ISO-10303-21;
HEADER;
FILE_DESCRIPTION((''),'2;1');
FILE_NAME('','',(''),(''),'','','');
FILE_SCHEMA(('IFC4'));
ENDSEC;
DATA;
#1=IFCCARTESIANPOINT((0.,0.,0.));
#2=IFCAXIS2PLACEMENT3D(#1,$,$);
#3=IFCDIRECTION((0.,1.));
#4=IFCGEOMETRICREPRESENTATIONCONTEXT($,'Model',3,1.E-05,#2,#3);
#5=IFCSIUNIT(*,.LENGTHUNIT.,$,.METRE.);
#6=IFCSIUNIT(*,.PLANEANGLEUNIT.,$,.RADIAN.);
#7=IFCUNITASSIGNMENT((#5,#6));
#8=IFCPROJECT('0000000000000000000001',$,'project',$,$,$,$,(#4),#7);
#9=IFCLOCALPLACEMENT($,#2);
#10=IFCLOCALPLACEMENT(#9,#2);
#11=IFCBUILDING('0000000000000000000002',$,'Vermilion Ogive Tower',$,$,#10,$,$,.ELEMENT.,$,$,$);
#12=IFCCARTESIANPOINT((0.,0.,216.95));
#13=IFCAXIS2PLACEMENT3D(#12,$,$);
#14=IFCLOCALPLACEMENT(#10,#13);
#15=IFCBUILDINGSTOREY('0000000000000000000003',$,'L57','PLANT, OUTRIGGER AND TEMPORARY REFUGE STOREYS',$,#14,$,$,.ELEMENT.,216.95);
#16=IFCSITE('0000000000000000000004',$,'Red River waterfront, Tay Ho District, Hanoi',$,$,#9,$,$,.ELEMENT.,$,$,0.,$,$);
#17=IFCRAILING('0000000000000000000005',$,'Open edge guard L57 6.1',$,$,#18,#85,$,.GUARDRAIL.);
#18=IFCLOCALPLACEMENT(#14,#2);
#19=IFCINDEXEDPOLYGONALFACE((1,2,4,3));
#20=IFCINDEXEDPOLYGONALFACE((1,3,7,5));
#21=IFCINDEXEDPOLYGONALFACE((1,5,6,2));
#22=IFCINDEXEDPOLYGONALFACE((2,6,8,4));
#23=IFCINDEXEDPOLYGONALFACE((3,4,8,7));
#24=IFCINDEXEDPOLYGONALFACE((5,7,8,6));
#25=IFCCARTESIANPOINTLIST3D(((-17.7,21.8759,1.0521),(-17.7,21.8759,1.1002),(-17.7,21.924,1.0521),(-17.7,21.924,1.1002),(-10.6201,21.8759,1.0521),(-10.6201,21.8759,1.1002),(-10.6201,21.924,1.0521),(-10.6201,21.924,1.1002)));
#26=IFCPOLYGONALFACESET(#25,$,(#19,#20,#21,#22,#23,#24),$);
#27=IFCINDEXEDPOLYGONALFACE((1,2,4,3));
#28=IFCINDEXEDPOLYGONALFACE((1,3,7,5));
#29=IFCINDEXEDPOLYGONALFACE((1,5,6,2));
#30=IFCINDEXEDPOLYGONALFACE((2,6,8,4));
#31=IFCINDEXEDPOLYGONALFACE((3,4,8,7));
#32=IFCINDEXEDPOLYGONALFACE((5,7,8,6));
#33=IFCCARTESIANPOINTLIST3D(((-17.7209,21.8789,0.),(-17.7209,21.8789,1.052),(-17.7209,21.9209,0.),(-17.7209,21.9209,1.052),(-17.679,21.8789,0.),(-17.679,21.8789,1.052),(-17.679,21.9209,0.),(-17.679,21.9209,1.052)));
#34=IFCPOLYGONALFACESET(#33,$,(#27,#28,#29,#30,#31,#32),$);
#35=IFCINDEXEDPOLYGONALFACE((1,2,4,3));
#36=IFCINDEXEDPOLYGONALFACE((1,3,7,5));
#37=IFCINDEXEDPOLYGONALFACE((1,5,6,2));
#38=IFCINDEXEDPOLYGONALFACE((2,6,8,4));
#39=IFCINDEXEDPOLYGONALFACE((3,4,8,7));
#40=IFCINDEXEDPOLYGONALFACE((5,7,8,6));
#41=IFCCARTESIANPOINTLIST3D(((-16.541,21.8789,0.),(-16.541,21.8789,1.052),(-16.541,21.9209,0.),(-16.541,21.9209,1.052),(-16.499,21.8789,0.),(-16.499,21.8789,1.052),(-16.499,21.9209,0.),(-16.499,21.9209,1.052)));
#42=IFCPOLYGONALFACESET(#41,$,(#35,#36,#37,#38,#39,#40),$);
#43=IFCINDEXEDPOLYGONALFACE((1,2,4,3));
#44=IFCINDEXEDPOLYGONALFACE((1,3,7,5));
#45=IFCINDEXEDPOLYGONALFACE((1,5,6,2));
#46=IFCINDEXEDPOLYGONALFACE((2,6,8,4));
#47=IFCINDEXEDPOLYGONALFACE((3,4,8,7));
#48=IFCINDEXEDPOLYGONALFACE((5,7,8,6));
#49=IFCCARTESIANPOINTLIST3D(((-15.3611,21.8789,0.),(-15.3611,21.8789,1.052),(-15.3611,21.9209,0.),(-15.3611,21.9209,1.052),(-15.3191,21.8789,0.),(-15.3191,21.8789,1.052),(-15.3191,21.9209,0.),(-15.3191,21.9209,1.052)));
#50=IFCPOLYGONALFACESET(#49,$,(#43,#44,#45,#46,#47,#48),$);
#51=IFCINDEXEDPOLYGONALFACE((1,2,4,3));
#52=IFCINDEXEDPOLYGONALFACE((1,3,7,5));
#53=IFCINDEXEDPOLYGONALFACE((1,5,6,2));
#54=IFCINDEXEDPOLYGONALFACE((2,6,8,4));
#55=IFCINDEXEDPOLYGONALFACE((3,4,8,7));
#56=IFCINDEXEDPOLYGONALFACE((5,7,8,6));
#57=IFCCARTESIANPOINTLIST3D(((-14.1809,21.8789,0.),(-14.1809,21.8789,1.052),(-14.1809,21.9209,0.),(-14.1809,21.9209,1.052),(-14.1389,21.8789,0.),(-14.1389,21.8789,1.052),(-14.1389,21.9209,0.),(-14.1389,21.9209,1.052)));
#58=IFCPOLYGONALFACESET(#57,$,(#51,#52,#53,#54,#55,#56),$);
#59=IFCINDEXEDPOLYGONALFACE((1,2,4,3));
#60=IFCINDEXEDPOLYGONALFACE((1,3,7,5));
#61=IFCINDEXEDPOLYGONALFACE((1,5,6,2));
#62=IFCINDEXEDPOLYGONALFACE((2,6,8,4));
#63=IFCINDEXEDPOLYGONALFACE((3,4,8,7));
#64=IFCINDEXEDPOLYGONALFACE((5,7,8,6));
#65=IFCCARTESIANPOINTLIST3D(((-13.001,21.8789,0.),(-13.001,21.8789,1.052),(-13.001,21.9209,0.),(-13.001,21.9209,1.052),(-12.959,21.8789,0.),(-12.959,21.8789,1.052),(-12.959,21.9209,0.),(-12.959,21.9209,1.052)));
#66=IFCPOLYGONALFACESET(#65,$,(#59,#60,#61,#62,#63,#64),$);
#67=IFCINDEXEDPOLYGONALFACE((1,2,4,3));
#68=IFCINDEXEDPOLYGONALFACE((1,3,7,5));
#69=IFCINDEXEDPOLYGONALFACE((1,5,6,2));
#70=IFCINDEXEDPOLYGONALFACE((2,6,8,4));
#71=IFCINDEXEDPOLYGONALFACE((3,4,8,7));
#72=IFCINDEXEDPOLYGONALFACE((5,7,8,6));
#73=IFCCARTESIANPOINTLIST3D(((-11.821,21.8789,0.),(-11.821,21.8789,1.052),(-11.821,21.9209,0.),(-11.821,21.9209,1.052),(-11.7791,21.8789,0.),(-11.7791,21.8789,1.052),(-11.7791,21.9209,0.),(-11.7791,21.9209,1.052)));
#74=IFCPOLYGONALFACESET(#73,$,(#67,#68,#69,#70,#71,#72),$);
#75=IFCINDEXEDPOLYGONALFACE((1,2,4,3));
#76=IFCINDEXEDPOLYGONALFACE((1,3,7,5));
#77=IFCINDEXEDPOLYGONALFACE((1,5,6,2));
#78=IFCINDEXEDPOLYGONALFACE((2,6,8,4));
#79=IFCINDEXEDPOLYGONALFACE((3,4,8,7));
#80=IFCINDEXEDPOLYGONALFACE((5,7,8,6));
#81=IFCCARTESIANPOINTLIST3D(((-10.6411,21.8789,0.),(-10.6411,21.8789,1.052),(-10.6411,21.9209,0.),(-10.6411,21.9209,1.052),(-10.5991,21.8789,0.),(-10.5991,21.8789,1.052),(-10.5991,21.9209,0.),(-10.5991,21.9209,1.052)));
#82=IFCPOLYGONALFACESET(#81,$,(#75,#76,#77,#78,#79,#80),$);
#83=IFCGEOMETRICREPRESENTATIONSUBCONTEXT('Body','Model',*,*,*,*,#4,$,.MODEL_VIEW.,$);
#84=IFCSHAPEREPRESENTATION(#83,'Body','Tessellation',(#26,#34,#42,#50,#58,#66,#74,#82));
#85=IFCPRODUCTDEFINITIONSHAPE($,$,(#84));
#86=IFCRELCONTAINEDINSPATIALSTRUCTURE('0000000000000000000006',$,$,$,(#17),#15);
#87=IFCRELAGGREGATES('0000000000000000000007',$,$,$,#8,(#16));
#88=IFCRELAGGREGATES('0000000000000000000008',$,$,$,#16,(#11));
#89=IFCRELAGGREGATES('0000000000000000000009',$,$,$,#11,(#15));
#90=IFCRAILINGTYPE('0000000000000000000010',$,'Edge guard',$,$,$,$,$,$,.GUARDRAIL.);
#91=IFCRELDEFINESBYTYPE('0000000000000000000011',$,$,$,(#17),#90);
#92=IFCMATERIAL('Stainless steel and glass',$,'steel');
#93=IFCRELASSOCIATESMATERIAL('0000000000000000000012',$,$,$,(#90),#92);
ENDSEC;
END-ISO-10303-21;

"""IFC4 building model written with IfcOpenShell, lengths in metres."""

from ifc_helpers import new_model, si_unit, direction, frame, origin, origin_2d, place, context, subcontext, project, spatial, rectangle, extrude, material, type_object, element, save


model = new_model("IFC4")

# Units and contexts
model_context = context("Model", 3, precision=1e-05, world=origin(), true_north=direction((0.0, 1.0)))
body_context = subcontext(model_context, "Body", "Model", "MODEL_VIEW")
ifc_project = project(units=[si_unit("LENGTHUNIT", "METRE"), si_unit("PLANEANGLEUNIT", "RADIAN")], contexts=[model_context])

# Site, building, storey
site_placement = place(None, origin())
site = spatial("IfcSite", under=ifc_project, at=site_placement, Name="Red River waterfront, Tay Ho District, Hanoi", CompositionType="ELEMENT", RefElevation=0.0)
building_placement = place(site_placement, origin())
building = spatial("IfcBuilding", under=site, at=building_placement, Name="Vermilion Ogive Tower", CompositionType="ELEMENT")
storey_placement = place(building_placement, frame((0.0, 0.0, 216.95)))
storey = spatial("IfcBuildingStorey", under=building, at=storey_placement, Name="L57", Description="PLANT, OUTRIGGER AND TEMPORARY REFUGE STOREYS", CompositionType="ELEMENT", Elevation=216.95)

# Railing
ifc_material_1 = material(Name="Stainless steel and glass", Category="steel")
railing_type = type_object("IfcRailingType", Name="Edge guard", PredefinedType="GUARDRAIL", material=ifc_material_1)
railing_1_placement = place(storey_placement, frame((-17.7, 21.8999, 0.0)))
element("IfcRailing", 1, at=railing_1_placement, inside=storey, type_object=railing_type, Name="Open edge guard L57 6.1", PredefinedType="GUARDRAIL", context=body_context, shape_type="SweptSolid", body=[
    extrude(rectangle(XDim=0.0481, YDim=0.0481, at=origin_2d()), frame((0.0, 0.0, 1.0762), z_axis=(1.0, 0.0, 0.0), x_axis=(0.0, 1.0, 0.0)), (0.0, 0.0, 1.0), 7.0798),
    extrude(rectangle(XDim=0.042, YDim=0.042, at=origin_2d()), origin(), (0.0, 0.0, 1.0), 1.052),
    extrude(rectangle(XDim=0.042, YDim=0.042, at=origin_2d()), frame((1.1799, 0.0, 0.0)), (0.0, 0.0, 1.0), 1.052),
    extrude(rectangle(XDim=0.042, YDim=0.042, at=origin_2d()), frame((2.3599, 0.0, 0.0)), (0.0, 0.0, 1.0), 1.052),
    extrude(rectangle(XDim=0.042, YDim=0.042, at=origin_2d()), frame((3.54, 0.0, 0.0)), (0.0, 0.0, 1.0), 1.052),
    extrude(rectangle(XDim=0.042, YDim=0.042, at=origin_2d()), frame((4.72, 0.0, 0.0)), (0.0, 0.0, 1.0), 1.052),
    extrude(rectangle(XDim=0.042, YDim=0.042, at=origin_2d()), frame((5.8999, 0.0, 0.0)), (0.0, 0.0, 1.0), 1.052),
    extrude(rectangle(XDim=0.042, YDim=0.042, at=origin_2d()), frame((7.0798, 0.0, 0.0)), (0.0, 0.0, 1.0), 1.052),
])

save(model, "model.ifc")
